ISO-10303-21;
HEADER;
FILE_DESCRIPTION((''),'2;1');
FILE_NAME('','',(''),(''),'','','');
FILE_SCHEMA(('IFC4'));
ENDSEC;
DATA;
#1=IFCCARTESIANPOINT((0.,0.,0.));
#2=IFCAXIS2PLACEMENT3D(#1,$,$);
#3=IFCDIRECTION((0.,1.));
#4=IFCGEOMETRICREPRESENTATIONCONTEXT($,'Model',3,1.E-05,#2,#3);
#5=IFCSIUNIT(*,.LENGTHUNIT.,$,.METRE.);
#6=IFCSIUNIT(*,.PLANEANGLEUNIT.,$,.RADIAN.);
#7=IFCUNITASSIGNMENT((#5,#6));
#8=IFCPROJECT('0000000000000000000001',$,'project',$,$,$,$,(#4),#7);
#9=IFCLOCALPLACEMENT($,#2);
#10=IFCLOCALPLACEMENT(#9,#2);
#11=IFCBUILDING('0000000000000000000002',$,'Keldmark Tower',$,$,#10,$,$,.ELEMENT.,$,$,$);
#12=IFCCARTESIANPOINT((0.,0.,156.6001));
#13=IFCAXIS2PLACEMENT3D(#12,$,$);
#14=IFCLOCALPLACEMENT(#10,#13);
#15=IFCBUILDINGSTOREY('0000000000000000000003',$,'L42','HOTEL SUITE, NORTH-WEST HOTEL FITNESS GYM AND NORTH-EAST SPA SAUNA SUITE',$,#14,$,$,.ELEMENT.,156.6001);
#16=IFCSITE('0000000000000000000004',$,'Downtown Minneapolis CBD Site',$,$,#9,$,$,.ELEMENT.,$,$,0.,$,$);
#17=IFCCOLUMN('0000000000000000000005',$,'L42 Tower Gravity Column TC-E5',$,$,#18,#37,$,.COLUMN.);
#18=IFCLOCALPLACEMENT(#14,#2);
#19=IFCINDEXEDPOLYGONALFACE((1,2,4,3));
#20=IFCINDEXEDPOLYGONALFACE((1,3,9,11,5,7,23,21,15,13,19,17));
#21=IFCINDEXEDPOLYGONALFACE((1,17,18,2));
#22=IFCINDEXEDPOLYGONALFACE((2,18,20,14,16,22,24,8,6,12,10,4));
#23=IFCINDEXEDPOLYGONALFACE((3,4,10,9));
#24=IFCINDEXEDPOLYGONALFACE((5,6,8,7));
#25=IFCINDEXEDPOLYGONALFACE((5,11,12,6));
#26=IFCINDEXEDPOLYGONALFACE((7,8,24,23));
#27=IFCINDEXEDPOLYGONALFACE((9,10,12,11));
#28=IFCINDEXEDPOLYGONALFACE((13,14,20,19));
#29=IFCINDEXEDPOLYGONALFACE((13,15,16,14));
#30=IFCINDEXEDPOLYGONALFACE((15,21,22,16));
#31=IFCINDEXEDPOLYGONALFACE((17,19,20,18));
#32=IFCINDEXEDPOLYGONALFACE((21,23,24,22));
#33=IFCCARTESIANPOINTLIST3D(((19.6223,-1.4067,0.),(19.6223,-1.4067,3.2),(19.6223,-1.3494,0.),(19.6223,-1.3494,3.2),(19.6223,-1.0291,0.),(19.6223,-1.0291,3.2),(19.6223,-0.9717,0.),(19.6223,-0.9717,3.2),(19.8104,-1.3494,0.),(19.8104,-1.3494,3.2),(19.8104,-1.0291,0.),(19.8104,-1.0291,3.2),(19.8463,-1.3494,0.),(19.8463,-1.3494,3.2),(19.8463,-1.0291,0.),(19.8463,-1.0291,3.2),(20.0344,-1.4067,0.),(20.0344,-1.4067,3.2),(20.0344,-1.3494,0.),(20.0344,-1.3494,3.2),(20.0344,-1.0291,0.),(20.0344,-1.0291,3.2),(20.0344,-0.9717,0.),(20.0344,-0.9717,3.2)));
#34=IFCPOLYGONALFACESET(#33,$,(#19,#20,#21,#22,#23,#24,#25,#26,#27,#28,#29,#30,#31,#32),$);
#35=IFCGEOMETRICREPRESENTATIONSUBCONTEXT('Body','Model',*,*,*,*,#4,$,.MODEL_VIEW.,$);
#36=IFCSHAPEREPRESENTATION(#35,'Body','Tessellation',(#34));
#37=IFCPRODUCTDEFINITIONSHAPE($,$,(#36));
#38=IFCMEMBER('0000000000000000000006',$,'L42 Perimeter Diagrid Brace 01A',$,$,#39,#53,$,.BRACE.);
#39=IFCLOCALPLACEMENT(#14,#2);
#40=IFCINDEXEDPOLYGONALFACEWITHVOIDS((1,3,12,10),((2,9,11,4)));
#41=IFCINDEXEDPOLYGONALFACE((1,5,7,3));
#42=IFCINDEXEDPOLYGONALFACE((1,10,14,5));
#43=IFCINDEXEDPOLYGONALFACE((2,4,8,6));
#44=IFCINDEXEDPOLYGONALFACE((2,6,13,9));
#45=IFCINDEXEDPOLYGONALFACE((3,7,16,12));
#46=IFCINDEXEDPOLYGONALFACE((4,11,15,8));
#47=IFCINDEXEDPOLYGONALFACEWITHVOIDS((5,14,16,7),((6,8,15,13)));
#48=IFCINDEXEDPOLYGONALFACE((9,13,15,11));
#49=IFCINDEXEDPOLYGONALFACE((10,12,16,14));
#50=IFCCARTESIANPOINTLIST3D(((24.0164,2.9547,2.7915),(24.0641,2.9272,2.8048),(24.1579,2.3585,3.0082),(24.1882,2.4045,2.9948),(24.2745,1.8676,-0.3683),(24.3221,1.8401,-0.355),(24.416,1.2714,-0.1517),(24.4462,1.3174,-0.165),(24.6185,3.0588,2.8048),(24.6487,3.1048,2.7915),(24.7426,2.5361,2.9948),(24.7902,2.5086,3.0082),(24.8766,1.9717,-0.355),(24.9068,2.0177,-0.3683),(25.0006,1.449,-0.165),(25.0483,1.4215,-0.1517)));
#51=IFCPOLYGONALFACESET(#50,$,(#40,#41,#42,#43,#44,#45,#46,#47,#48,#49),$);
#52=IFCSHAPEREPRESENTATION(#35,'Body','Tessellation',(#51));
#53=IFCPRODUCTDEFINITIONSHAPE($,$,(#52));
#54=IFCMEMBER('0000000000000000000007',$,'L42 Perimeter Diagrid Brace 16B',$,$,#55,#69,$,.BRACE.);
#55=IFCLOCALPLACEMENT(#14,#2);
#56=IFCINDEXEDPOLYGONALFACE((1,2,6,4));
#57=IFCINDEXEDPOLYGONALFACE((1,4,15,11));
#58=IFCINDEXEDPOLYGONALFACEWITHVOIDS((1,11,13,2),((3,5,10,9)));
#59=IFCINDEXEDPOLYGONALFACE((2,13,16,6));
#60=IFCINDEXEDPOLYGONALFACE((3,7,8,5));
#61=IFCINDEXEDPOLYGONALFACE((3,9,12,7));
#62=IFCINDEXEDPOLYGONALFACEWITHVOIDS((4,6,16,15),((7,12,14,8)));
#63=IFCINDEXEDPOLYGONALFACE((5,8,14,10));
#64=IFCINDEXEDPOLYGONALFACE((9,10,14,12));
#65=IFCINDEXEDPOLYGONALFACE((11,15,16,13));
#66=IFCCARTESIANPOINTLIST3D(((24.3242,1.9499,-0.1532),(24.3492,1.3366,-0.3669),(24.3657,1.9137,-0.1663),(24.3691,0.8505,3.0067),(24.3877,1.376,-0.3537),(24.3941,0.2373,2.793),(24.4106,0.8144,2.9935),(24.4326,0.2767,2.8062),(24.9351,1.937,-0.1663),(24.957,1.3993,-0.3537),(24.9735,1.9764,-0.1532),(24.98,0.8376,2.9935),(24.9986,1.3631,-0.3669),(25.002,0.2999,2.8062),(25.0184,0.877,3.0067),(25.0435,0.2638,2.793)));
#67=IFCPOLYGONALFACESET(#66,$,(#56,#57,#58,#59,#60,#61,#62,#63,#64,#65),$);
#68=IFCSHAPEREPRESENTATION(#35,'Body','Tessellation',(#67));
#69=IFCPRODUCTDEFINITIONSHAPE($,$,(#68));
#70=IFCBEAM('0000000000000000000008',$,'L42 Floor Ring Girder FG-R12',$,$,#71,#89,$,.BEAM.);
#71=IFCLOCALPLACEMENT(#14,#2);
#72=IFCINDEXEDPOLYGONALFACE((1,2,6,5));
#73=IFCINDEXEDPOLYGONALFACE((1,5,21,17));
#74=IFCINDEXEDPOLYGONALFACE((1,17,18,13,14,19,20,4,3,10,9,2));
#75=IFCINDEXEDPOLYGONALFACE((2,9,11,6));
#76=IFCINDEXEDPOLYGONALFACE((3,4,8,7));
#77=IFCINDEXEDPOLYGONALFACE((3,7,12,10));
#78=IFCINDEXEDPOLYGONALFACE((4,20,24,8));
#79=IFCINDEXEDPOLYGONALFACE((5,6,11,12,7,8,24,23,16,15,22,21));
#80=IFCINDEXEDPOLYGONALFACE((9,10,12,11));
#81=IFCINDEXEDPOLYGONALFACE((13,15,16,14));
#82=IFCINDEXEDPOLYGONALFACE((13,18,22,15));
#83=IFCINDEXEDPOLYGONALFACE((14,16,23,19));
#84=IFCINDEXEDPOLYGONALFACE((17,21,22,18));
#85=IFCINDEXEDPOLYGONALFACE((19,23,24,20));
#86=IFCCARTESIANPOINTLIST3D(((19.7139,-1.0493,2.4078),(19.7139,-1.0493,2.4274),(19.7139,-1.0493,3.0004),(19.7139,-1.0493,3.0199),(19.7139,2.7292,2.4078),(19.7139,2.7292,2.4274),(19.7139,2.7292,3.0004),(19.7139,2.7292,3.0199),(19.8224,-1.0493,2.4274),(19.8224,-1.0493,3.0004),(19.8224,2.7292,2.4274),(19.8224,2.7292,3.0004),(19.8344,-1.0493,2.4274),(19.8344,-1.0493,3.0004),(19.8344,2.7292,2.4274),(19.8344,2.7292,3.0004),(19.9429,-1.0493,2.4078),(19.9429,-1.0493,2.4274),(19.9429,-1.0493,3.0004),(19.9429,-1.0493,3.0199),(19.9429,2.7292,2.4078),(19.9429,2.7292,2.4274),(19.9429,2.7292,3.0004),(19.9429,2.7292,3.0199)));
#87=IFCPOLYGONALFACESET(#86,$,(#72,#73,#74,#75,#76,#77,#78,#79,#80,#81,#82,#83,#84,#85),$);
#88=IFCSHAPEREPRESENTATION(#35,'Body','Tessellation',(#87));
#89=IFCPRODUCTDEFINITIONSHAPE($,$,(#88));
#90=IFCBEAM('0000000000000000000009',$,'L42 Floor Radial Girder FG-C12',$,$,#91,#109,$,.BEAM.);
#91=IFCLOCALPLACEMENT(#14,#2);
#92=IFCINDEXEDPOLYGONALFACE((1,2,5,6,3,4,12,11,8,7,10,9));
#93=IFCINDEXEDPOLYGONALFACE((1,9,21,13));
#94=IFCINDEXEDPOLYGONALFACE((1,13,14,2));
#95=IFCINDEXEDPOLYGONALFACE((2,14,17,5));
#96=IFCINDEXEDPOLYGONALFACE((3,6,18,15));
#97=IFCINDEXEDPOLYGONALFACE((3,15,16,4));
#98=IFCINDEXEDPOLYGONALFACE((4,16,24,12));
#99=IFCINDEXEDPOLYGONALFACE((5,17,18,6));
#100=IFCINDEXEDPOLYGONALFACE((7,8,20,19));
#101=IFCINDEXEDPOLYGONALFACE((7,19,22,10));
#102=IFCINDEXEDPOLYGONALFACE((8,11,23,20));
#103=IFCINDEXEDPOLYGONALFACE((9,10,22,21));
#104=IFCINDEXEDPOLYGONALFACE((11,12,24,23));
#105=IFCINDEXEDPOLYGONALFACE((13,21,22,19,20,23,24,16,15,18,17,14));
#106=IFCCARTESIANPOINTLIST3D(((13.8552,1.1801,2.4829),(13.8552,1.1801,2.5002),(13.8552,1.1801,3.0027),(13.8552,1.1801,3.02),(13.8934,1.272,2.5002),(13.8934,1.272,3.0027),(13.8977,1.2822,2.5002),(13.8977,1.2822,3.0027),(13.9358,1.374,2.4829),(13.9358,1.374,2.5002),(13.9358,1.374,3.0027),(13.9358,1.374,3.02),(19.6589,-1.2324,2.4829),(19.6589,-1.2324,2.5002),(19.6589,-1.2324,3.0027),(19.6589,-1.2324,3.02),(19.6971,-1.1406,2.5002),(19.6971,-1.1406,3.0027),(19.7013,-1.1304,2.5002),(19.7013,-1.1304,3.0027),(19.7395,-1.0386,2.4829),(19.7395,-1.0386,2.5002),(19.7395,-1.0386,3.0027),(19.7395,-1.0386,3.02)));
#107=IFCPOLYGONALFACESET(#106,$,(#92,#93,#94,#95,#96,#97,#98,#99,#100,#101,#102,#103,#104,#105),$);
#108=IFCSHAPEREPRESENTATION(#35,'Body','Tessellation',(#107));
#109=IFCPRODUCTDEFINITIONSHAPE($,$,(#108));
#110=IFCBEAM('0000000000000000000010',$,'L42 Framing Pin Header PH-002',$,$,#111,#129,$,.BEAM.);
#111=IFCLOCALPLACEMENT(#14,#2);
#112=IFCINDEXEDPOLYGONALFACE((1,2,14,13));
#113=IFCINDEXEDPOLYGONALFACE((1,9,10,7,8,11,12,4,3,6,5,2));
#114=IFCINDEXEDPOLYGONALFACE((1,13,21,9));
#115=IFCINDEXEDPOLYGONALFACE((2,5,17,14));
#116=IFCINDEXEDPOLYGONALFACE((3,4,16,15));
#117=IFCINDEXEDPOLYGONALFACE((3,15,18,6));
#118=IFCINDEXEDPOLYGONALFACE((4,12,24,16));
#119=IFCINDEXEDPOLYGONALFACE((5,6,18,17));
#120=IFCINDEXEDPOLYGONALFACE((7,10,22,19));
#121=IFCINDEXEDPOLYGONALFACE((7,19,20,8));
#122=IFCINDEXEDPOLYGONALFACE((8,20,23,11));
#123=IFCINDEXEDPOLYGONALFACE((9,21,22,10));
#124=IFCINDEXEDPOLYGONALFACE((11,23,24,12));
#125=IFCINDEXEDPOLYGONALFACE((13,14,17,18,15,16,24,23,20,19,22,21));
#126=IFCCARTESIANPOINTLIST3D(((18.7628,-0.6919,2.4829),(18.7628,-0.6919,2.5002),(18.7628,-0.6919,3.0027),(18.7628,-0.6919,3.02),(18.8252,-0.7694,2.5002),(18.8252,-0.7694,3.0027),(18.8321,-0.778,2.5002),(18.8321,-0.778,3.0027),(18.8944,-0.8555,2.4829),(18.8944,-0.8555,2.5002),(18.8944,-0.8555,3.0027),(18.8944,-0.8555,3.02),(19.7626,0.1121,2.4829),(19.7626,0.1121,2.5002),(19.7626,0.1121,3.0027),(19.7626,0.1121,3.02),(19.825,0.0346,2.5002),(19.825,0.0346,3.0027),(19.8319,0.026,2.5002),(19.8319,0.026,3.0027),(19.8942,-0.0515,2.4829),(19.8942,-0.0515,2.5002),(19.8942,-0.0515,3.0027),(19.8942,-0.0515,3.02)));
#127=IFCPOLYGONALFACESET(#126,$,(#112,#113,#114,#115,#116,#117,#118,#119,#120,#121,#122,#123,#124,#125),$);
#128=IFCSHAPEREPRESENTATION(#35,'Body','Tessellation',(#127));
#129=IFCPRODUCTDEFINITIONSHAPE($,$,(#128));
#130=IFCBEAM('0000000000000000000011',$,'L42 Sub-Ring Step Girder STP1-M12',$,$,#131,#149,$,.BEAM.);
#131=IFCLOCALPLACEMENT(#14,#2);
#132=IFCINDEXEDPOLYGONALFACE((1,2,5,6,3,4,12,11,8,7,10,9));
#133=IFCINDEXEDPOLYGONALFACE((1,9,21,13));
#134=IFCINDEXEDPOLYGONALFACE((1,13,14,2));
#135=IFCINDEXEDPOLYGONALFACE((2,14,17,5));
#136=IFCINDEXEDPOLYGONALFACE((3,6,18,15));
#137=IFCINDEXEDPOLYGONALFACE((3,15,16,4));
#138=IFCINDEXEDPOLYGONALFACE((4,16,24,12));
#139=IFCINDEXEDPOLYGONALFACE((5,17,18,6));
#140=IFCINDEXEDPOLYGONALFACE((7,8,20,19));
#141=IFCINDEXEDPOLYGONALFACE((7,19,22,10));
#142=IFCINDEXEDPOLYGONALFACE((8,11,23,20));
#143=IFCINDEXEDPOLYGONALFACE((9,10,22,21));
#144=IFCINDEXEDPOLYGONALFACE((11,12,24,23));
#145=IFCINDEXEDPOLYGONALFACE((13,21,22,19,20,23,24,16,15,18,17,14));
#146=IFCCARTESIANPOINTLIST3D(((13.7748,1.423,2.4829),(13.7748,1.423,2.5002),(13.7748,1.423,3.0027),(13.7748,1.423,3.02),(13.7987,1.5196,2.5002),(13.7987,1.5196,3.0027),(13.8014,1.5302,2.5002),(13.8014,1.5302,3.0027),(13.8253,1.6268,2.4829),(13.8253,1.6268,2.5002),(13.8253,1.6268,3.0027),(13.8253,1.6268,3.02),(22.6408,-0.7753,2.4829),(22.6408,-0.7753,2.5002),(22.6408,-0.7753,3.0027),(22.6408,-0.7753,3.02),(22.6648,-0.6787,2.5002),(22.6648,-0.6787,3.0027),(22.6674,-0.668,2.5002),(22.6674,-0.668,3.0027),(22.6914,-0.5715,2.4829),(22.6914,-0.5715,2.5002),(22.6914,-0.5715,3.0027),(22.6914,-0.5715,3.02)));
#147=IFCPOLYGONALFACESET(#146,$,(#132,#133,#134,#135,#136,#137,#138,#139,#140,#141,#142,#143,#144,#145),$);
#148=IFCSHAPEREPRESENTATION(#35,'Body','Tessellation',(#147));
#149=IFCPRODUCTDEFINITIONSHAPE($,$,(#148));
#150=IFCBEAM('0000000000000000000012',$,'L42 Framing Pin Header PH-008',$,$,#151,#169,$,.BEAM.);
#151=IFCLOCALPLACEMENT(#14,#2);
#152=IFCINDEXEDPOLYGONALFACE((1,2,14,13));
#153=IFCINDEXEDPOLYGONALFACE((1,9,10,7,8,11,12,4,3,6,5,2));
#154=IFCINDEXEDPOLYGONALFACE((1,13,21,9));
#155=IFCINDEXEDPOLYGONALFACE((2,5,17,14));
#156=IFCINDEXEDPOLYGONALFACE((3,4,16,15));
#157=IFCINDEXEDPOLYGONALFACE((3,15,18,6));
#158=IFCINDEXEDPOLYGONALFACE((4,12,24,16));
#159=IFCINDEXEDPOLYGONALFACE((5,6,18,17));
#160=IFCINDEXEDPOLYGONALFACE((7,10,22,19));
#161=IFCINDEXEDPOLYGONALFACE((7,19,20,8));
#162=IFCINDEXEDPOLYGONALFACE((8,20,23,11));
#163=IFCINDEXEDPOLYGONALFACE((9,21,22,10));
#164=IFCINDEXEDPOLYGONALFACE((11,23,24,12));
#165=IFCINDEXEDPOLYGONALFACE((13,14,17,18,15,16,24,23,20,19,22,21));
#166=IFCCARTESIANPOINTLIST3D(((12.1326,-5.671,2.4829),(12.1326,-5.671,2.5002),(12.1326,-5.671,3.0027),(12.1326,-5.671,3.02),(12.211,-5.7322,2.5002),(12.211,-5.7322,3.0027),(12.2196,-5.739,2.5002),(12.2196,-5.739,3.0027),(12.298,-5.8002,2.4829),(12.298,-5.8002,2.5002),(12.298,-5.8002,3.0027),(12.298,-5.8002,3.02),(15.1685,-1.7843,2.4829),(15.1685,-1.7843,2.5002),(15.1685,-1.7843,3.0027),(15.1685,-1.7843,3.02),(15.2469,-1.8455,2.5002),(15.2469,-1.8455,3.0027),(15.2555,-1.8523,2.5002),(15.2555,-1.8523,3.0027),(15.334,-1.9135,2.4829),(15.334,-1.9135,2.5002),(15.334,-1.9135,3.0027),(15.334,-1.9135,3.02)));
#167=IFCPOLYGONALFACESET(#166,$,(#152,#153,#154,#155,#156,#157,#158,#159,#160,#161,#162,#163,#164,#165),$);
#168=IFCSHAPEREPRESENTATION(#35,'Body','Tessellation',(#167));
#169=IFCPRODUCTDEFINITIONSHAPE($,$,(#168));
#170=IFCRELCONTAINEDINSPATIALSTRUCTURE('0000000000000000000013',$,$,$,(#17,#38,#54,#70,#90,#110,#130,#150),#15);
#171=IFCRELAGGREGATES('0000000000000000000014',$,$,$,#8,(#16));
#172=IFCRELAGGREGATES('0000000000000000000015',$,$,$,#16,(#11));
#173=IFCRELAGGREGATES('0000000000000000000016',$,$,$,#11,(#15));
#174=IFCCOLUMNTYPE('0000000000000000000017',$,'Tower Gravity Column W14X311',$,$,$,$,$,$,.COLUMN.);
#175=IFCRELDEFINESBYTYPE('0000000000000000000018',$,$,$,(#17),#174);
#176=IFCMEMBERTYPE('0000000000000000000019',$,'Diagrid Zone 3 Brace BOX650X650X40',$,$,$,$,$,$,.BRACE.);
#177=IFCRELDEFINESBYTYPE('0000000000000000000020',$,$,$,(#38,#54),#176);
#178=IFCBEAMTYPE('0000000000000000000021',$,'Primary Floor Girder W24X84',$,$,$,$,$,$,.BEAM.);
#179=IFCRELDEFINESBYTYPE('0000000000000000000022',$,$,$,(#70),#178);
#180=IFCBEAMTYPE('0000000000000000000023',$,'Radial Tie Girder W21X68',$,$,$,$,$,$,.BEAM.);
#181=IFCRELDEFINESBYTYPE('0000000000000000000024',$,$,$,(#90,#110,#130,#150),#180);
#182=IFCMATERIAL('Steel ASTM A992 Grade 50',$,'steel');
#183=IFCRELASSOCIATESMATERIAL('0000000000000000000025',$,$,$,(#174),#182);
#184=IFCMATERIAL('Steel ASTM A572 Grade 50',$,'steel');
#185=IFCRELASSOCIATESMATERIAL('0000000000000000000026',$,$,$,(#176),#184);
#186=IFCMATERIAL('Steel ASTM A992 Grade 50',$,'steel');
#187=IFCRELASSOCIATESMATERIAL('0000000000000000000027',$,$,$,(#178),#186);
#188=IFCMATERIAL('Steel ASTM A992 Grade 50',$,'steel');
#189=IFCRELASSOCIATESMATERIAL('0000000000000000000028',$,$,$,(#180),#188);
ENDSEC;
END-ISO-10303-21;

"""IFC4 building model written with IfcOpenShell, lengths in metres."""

from ifc_helpers import new_model, si_unit, direction, frame, origin, origin_2d, place, context, subcontext, project, spatial, hollow_rectangle, i_section, extrude, material, material_profile, profile_set, type_object, element, save


model = new_model("IFC4")

# Units and contexts
model_context = context("Model", 3, precision=1e-05, world=origin(), true_north=direction((0.0, 1.0)))
body_context = subcontext(model_context, "Body", "Model", "MODEL_VIEW")
ifc_project = project(units=[si_unit("LENGTHUNIT", "METRE"), si_unit("PLANEANGLEUNIT", "RADIAN")], contexts=[model_context])

# Site, building, storey
site_placement = place(None, origin())
site = spatial("IfcSite", under=ifc_project, at=site_placement, Name="Downtown Minneapolis CBD Site", CompositionType="ELEMENT", RefElevation=0.0)
building_placement = place(site_placement, origin())
building = spatial("IfcBuilding", under=site, at=building_placement, Name="Keldmark Tower", CompositionType="ELEMENT")
storey_placement = place(building_placement, frame((0.0, 0.0, 156.6001)))
storey = spatial("IfcBuildingStorey", under=building, at=storey_placement, Name="L42", Description="HOTEL SUITE, NORTH-WEST HOTEL FITNESS GYM AND NORTH-EAST SPA SAUNA SUITE", CompositionType="ELEMENT", Elevation=156.6001)

# Column
ifc_material_1 = material(Name="Steel ASTM A992 Grade 50", Category="steel")
ifc_material_profile_1 = material_profile(ifc_material_1, i_section(OverallWidth=0.4121, OverallDepth=0.4351, WebThickness=0.0359, FlangeThickness=0.0574, at=origin_2d()), Name="W14X311")
ifc_profile_set_1 = profile_set([ifc_material_profile_1], Name="Steel ASTM A992 Grade 50")
column_type = type_object("IfcColumnType", Name="Tower Gravity Column W14X311", PredefinedType="COLUMN", material=ifc_profile_set_1)
column_placement = place(storey_placement, frame((19.8284, -1.1892, 0.0), z_axis=(0.0, 0.0, 1.0), x_axis=(1.0, 0.0, 0.0)))
element("IfcColumn", 1, at=column_placement, inside=storey, type_object=column_type, Name="L42 Tower Gravity Column TC-E5", PredefinedType="COLUMN", context=body_context, shape_type="SweptSolid", body=[
    extrude(i_section(OverallWidth=0.4121, OverallDepth=0.4351, WebThickness=0.0359, FlangeThickness=0.0574, at=origin_2d()), origin(), (0.0, 0.0, 1.0), 3.2),
])

# Members
ifc_material_2 = material(Name="Steel ASTM A572 Grade 50", Category="steel")
ifc_material_profile_2 = material_profile(ifc_material_2, hollow_rectangle(XDim=0.6499, YDim=0.6499, WallThickness=0.04, at=origin_2d()), Name="BOX650X650X40")
ifc_profile_set_2 = profile_set([ifc_material_profile_2], Name="Steel ASTM A572 Grade 50")
member_type = type_object("IfcMemberType", Name="Diagrid Zone 3 Brace BOX650X650X40", PredefinedType="BRACE", material=ifc_profile_set_2)
member_1_placement = place(storey_placement, frame((24.6614, 1.6445, -0.26), z_axis=(-0.076994, 0.324365, 0.942793), x_axis=(-0.972965, -0.230951, 0.0)))
element("IfcMember", 2, at=member_1_placement, inside=storey, type_object=member_type, Name="L42 Perimeter Diagrid Brace 01A", PredefinedType="BRACE", context=body_context, shape_type="SweptSolid", body=[
    extrude(hollow_rectangle(XDim=0.6499, YDim=0.6499, WallThickness=0.04, at=origin_2d()), origin(), (0.0, 0.0, 1.0), 3.3516),
])
member_2_placement = place(storey_placement, frame((24.6614, 1.6565, -0.26), z_axis=(0.013426, -0.328562, 0.944387), x_axis=(0.999166, 0.040828, 0.0)))
element("IfcMember", 3, at=member_2_placement, inside=storey, type_object=member_type, Name="L42 Perimeter Diagrid Brace 16B", PredefinedType="BRACE", context=body_context, shape_type="SweptSolid", body=[
    extrude(hollow_rectangle(XDim=0.6499, YDim=0.6499, WallThickness=0.04, at=origin_2d()), origin(), (0.0, 0.0, 1.0), 3.3459),
])

# Beams
ifc_material_3 = material(Name="Steel ASTM A992 Grade 50", Category="steel")
ifc_material_profile_3 = material_profile(ifc_material_3, i_section(OverallWidth=0.229, OverallDepth=0.6121, WebThickness=0.012, FlangeThickness=0.0195, at=origin_2d()), Name="W24X84")
ifc_profile_set_3 = profile_set([ifc_material_profile_3], Name="Steel ASTM A992 Grade 50")
beam_type_1 = type_object("IfcBeamType", Name="Primary Floor Girder W24X84", PredefinedType="BEAM", material=ifc_profile_set_3)
beam_1_placement = place(storey_placement, frame((19.8284, -1.0493, 2.7139), z_axis=(0.0, 1.0, 0.0), x_axis=(-1.0, 0.0, 0.0)))
element("IfcBeam", 4, at=beam_1_placement, inside=storey, type_object=beam_type_1, Name="L42 Floor Ring Girder FG-R12", PredefinedType="BEAM", context=body_context, shape_type="SweptSolid", body=[
    extrude(i_section(OverallWidth=0.229, OverallDepth=0.6121, WebThickness=0.012, FlangeThickness=0.0195, at=origin_2d()), origin(), (0.0, 0.0, 1.0), 3.7786),
])
ifc_material_4 = material(Name="Steel ASTM A992 Grade 50", Category="steel")
ifc_material_profile_4 = material_profile(ifc_material_4, i_section(OverallWidth=0.21, OverallDepth=0.5371, WebThickness=0.011, FlangeThickness=0.0173, at=origin_2d()), Name="W21X68")
ifc_profile_set_4 = profile_set([ifc_material_profile_4], Name="Steel ASTM A992 Grade 50")
beam_type_2 = type_object("IfcBeamType", Name="Radial Tie Girder W21X68", PredefinedType="BEAM", material=ifc_profile_set_4)
beam_2_placement = place(storey_placement, frame((19.6992, -1.1355, 2.7515), z_axis=(-0.923394, 0.383854, 0.0), x_axis=(-0.383854, -0.923394, 0.0)))
element("IfcBeam", 5, at=beam_2_placement, inside=storey, type_object=beam_type_2, Name="L42 Floor Radial Girder FG-C12", PredefinedType="BEAM", context=body_context, shape_type="SweptSolid", body=[
    extrude(i_section(OverallWidth=0.21, OverallDepth=0.5371, WebThickness=0.011, FlangeThickness=0.0173, at=origin_2d()), origin(), (0.0, 0.0, 1.0), 6.2852),
])
beam_3_placement = place(storey_placement, frame((18.8286, -0.7737, 2.7515), z_axis=(0.779288, 0.626666, 0.0), x_axis=(-0.626666, 0.779288, 0.0)))
element("IfcBeam", 6, at=beam_3_placement, inside=storey, type_object=beam_type_2, Name="L42 Framing Pin Header PH-002", PredefinedType="BEAM", context=body_context, shape_type="SweptSolid", body=[
    extrude(i_section(OverallWidth=0.21, OverallDepth=0.5371, WebThickness=0.011, FlangeThickness=0.0173, at=origin_2d()), origin(), (0.0, 0.0, 1.0), 1.283),
])
beam_4_placement = place(storey_placement, frame((13.8, 1.5249, 2.7515), z_axis=(0.970611, -0.240655, 0.0), x_axis=(0.240655, 0.970611, 0.0)))
element("IfcBeam", 7, at=beam_4_placement, inside=storey, type_object=beam_type_2, Name="L42 Sub-Ring Step Girder STP1-M12", PredefinedType="BEAM", context=body_context, shape_type="SweptSolid", body=[
    extrude(i_section(OverallWidth=0.21, OverallDepth=0.5371, WebThickness=0.011, FlangeThickness=0.0173, at=origin_2d()), origin(), (0.0, 0.0, 1.0), 9.1345),
])
beam_5_placement = place(storey_placement, frame((15.2512, -1.8489, 2.7515), z_axis=(-0.615567, -0.788084, 0.0), x_axis=(0.788084, -0.615567, 0.0)))
element("IfcBeam", 8, at=beam_5_placement, inside=storey, type_object=beam_type_2, Name="L42 Framing Pin Header PH-008", PredefinedType="BEAM", context=body_context, shape_type="SweptSolid", body=[
    extrude(i_section(OverallWidth=0.21, OverallDepth=0.5371, WebThickness=0.011, FlangeThickness=0.0173, at=origin_2d()), origin(), (0.0, 0.0, 1.0), 4.9319),
])

save(model, "model.ifc")
